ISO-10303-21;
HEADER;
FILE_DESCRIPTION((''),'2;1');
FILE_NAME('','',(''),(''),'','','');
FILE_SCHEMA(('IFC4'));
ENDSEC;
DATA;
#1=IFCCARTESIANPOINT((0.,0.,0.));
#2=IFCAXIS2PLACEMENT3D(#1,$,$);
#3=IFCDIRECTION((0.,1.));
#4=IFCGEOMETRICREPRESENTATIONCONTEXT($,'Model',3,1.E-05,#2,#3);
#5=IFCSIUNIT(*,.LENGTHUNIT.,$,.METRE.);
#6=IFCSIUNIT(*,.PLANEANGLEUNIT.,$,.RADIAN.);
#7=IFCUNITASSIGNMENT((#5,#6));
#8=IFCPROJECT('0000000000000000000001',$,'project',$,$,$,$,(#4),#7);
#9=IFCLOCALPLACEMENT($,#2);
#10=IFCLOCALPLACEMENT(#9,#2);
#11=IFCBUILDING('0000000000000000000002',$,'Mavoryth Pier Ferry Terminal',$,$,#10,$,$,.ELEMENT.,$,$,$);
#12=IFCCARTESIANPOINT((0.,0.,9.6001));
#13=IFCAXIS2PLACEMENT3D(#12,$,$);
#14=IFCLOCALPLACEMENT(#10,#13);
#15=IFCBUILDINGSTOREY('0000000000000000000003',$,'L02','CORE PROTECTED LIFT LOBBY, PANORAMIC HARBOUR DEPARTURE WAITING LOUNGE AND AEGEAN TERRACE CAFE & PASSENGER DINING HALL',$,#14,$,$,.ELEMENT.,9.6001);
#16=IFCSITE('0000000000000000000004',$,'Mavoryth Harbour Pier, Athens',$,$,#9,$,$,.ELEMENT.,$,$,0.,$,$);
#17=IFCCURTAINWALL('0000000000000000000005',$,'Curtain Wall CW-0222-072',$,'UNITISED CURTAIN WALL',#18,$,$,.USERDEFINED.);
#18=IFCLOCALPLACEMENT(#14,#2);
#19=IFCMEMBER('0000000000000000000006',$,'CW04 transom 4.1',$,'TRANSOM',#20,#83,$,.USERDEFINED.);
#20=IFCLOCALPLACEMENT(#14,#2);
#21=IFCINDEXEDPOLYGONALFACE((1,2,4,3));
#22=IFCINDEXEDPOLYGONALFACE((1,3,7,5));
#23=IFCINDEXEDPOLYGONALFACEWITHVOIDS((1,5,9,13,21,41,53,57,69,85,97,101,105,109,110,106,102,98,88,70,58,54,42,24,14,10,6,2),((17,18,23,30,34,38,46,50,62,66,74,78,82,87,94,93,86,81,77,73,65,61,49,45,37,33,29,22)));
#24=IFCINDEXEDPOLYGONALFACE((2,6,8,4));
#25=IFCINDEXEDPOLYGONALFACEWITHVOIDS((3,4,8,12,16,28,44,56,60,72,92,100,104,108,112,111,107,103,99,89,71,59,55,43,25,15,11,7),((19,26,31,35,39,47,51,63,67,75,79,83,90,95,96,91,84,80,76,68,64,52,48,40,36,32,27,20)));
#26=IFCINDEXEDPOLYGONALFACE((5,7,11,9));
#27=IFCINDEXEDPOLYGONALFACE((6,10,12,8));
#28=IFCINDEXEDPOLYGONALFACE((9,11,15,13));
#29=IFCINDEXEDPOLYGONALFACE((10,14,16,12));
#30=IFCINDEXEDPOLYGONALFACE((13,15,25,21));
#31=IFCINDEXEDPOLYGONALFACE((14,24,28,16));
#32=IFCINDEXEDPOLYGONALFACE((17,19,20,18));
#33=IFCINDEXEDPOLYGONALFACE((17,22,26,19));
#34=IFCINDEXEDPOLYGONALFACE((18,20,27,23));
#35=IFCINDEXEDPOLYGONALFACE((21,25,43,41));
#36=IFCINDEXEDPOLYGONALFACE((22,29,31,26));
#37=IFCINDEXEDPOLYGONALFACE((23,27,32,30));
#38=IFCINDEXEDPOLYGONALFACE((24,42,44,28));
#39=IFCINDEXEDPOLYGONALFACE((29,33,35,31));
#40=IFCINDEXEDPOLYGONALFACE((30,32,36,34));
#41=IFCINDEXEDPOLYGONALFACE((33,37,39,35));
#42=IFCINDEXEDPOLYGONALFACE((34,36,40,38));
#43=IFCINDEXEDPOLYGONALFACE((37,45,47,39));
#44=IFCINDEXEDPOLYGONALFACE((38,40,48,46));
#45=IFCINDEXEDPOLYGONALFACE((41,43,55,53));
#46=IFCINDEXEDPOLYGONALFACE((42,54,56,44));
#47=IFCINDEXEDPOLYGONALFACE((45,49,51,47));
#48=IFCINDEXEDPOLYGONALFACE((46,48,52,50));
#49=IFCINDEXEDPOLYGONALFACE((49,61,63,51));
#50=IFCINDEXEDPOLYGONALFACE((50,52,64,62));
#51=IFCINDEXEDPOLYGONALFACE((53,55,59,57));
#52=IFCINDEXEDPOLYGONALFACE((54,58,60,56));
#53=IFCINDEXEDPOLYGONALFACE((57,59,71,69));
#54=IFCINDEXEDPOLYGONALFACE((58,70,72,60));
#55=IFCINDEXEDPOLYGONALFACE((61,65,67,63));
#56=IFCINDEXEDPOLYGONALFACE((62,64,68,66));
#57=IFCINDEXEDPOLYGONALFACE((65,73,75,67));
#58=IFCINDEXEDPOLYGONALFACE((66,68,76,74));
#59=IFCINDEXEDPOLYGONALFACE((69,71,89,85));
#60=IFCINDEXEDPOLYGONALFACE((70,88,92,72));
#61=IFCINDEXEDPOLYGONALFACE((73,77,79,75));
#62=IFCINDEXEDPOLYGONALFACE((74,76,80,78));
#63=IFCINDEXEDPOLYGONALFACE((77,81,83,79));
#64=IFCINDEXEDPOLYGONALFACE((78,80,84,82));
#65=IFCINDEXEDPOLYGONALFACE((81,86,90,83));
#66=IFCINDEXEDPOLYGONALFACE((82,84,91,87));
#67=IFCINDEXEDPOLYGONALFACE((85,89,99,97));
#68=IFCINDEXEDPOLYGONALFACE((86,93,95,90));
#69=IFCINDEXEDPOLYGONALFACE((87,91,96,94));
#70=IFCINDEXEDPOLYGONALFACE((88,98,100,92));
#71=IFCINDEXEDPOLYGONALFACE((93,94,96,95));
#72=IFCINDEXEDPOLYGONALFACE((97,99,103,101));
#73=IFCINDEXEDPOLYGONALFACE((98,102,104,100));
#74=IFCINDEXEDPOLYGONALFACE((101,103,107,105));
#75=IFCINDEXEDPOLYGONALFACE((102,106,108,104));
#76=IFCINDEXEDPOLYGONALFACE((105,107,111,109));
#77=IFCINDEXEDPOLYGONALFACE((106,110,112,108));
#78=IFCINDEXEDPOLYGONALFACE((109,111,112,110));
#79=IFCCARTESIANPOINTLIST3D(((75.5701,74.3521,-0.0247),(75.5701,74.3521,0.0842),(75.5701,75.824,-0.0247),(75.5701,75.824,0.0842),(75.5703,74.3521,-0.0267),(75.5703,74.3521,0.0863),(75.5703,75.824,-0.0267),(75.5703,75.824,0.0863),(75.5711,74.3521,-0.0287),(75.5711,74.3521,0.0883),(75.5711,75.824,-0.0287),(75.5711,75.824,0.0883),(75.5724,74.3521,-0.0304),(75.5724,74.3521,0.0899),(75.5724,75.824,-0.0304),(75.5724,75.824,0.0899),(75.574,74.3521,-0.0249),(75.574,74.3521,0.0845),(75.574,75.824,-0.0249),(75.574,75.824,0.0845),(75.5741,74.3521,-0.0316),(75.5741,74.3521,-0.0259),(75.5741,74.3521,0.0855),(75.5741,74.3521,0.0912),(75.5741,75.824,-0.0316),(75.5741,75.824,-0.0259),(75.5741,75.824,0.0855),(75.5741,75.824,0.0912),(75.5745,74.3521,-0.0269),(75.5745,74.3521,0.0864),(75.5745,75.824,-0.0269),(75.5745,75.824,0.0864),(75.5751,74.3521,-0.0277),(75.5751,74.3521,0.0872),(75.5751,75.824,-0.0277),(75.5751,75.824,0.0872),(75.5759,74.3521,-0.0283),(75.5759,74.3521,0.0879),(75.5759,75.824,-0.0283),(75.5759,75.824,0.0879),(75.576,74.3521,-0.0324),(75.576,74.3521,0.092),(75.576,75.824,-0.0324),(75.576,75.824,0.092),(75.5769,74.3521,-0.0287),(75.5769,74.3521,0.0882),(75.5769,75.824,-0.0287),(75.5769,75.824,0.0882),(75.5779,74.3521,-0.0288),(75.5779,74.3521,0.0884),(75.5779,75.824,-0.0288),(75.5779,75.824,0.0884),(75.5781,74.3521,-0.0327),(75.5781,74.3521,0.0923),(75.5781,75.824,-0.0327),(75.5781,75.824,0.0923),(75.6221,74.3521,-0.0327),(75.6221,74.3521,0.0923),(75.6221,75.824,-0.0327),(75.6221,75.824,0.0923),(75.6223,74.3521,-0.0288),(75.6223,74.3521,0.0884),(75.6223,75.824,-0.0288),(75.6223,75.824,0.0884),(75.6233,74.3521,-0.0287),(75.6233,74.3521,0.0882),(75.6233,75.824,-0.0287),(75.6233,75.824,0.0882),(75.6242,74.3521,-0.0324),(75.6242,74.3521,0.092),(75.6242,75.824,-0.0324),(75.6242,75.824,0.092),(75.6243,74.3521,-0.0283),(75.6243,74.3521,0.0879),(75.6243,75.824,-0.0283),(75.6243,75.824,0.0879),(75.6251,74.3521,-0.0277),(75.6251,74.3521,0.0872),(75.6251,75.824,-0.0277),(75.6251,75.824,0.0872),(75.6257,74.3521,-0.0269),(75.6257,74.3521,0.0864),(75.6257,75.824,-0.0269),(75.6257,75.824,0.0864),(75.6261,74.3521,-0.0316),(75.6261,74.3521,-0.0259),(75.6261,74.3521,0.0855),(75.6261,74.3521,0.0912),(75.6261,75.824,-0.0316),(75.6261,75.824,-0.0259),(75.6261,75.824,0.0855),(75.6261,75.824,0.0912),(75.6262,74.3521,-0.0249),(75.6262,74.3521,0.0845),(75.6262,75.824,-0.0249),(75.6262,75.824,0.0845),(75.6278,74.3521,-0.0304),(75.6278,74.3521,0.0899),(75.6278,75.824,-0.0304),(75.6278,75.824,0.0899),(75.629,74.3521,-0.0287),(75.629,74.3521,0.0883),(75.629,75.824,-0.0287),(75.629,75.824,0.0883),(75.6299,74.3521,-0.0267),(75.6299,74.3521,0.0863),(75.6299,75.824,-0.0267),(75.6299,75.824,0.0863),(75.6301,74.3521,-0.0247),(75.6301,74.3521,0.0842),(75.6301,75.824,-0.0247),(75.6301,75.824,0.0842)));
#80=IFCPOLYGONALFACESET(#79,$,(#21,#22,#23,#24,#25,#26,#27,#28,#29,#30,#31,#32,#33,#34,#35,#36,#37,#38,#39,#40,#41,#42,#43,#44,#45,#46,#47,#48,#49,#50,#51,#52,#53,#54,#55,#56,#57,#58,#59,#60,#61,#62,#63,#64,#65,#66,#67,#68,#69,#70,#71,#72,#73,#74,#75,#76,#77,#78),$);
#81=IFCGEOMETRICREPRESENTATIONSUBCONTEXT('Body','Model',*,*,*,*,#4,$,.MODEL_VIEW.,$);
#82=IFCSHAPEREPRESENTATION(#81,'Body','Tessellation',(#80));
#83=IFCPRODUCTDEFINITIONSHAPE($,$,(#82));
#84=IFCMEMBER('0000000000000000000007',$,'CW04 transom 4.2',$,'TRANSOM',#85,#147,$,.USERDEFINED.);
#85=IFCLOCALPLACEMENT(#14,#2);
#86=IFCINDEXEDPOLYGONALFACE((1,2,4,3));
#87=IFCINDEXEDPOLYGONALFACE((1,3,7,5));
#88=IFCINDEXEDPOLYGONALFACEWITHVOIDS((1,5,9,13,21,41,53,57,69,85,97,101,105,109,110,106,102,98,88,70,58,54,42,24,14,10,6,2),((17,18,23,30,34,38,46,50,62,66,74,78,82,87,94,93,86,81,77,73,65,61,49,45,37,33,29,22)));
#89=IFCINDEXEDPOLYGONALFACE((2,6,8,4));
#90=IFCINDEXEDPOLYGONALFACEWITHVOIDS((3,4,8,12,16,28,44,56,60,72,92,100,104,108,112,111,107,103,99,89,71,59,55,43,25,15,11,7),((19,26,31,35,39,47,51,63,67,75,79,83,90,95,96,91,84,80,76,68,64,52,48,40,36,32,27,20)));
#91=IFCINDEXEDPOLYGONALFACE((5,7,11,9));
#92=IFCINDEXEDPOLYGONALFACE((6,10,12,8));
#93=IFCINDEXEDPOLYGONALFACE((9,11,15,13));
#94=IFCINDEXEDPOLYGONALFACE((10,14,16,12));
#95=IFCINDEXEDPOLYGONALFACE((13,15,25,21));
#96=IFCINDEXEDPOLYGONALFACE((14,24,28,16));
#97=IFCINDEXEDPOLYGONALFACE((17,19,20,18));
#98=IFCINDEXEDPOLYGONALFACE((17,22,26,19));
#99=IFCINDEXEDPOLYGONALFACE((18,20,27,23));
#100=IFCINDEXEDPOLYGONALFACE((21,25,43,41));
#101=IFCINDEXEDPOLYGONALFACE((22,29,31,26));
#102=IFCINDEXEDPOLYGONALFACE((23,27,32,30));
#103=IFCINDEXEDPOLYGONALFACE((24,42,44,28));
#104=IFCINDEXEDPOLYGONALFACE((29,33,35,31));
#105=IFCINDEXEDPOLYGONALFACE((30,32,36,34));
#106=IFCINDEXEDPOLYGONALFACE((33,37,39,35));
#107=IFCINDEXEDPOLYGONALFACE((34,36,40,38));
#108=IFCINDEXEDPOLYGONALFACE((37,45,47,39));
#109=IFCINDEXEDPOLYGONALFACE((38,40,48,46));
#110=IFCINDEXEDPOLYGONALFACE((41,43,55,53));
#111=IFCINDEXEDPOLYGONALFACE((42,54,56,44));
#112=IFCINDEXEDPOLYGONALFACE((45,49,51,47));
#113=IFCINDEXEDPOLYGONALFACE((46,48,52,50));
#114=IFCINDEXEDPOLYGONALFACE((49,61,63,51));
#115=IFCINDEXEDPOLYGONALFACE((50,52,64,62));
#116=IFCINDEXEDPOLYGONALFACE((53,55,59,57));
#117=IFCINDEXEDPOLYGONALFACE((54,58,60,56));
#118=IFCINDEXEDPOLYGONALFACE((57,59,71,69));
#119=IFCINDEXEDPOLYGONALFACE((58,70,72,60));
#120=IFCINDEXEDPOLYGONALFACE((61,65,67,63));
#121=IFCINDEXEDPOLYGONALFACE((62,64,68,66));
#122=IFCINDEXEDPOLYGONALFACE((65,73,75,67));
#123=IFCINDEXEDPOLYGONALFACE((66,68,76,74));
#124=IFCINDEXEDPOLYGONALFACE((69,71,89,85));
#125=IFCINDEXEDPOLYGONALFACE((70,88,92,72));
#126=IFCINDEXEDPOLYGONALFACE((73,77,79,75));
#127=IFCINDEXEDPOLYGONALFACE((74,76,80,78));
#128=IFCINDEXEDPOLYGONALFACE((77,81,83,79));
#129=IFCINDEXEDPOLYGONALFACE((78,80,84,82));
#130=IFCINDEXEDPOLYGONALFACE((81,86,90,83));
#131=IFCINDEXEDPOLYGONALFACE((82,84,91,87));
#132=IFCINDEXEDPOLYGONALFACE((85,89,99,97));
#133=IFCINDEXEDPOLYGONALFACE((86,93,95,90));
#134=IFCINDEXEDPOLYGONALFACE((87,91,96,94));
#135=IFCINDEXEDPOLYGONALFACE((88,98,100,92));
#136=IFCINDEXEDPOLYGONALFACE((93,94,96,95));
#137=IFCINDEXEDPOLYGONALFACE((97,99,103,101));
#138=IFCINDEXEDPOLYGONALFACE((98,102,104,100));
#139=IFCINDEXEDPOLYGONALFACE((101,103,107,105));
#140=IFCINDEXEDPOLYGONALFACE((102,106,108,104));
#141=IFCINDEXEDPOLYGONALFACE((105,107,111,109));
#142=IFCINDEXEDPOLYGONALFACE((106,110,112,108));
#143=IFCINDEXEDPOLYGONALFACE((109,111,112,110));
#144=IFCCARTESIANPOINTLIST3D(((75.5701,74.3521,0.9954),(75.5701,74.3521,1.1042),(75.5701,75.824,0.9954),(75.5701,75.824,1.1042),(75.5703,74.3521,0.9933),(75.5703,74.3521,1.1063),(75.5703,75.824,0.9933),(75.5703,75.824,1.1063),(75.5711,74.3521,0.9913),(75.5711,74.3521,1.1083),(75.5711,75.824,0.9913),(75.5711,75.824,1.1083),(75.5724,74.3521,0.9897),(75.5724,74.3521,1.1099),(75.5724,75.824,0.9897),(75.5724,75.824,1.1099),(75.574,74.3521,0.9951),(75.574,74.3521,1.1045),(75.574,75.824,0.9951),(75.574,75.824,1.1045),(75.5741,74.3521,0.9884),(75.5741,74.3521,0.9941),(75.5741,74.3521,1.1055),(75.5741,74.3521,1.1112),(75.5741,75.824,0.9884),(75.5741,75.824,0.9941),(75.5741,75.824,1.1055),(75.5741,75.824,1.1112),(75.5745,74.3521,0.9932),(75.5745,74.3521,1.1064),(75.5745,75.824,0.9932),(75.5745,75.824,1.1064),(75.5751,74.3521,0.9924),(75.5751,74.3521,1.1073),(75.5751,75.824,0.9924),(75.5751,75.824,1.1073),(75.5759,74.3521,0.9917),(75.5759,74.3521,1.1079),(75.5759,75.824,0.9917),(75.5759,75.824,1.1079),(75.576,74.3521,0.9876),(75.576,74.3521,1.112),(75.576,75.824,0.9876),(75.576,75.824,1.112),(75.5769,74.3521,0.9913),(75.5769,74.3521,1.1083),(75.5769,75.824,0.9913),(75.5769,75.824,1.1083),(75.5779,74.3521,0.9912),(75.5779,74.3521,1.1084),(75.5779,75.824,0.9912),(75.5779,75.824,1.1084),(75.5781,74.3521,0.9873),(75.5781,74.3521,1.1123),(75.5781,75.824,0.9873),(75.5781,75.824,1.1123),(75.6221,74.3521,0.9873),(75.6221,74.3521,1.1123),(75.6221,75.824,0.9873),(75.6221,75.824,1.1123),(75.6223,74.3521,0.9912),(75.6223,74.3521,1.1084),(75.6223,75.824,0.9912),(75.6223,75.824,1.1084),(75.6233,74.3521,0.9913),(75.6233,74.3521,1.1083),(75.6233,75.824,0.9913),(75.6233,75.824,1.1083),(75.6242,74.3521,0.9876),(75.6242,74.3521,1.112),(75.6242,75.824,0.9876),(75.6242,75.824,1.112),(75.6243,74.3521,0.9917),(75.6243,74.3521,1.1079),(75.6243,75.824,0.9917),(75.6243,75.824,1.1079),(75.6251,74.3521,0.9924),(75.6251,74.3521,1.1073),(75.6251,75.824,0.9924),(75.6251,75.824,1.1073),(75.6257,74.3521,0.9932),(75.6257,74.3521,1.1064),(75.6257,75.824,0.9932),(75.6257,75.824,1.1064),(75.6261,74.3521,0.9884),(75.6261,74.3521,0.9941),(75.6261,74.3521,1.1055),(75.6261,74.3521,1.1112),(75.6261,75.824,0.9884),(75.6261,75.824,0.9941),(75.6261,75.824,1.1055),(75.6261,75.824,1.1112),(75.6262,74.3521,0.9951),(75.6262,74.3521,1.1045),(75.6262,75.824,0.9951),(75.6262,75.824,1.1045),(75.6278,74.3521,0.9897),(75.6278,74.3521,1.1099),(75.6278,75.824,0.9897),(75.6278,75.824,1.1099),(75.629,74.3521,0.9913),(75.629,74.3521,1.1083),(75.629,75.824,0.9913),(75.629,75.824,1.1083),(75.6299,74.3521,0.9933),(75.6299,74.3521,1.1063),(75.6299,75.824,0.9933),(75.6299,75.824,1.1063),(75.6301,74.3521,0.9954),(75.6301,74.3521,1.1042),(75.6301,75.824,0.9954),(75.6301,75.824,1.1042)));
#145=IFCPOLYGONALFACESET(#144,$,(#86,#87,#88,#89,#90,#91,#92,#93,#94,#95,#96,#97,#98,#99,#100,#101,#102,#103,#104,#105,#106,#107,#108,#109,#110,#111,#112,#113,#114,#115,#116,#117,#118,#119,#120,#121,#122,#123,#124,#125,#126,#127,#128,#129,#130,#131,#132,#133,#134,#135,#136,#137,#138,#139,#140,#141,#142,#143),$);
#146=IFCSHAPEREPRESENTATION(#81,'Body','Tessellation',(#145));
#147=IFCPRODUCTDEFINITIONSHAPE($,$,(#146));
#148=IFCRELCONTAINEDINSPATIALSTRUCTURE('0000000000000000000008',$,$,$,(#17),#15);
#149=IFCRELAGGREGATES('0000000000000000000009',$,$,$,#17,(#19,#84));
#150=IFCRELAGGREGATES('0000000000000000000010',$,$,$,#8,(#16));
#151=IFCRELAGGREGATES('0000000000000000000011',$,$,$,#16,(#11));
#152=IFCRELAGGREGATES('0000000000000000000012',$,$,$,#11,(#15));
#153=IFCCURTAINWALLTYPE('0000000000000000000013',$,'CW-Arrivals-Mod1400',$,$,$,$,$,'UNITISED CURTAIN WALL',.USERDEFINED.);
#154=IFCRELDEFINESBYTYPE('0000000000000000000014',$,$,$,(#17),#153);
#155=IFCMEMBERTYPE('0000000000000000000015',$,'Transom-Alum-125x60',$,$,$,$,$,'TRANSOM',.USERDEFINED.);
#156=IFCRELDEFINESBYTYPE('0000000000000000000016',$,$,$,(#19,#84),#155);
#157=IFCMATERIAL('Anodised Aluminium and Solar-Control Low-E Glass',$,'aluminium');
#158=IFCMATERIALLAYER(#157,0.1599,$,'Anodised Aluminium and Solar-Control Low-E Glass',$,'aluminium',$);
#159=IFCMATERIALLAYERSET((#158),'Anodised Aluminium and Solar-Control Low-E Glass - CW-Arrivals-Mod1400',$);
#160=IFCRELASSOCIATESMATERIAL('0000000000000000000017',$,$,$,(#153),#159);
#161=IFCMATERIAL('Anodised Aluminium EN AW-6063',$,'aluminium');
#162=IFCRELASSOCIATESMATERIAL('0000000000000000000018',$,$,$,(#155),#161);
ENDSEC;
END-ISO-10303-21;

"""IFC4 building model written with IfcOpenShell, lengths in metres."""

from ifc_helpers import new_model, si_unit, direction, frame, origin, origin_2d, place, context, subcontext, project, spatial, hollow_rectangle, extrude, material, layer, layer_set, material_profile, profile_set, type_object, element, aggregate, save


model = new_model("IFC4")

# Units and contexts
model_context = context("Model", 3, precision=1e-05, world=origin(), true_north=direction((0.0, 1.0)))
body_context = subcontext(model_context, "Body", "Model", "MODEL_VIEW")
ifc_project = project(units=[si_unit("LENGTHUNIT", "METRE"), si_unit("PLANEANGLEUNIT", "RADIAN")], contexts=[model_context])

# Site, building, storey
site_placement = place(None, origin())
site = spatial("IfcSite", under=ifc_project, at=site_placement, Name="Mavoryth Harbour Pier, Athens", CompositionType="ELEMENT", RefElevation=0.0)
building_placement = place(site_placement, origin())
building = spatial("IfcBuilding", under=site, at=building_placement, Name="Mavoryth Pier Ferry Terminal", CompositionType="ELEMENT")
storey_placement = place(building_placement, frame((0.0, 0.0, 9.6001)))
storey = spatial("IfcBuildingStorey", under=building, at=storey_placement, Name="L02", Description="CORE PROTECTED LIFT LOBBY, PANORAMIC HARBOUR DEPARTURE WAITING LOUNGE AND AEGEAN TERRACE CAFE & PASSENGER DINING HALL", CompositionType="ELEMENT", Elevation=9.6001)

# Curtain wall
ifc_material_1 = material(Name="Anodised Aluminium and Solar-Control Low-E Glass", Category="aluminium")
ifc_layer_1 = layer(ifc_material_1, 0.1599, Name="Anodised Aluminium and Solar-Control Low-E Glass", Category="aluminium")
ifc_layer_set_1 = layer_set([ifc_layer_1], Name="Anodised Aluminium and Solar-Control Low-E Glass - CW-Arrivals-Mod1400")
curtain_wall_type = type_object("IfcCurtainWallType", Name="CW-Arrivals-Mod1400", ElementType="UNITISED CURTAIN WALL", PredefinedType="USERDEFINED", material=ifc_layer_set_1)
curtain_wall_placement = place(storey_placement, origin())
curtain_wall = element("IfcCurtainWall", 1, at=curtain_wall_placement, inside=storey, type_object=curtain_wall_type, Name="Curtain Wall CW-0222-072", ObjectType="UNITISED CURTAIN WALL", PredefinedType="USERDEFINED")
ifc_material_2 = material(Name="Anodised Aluminium EN AW-6063", Category="aluminium")

# Members
ifc_material_profile_1 = material_profile(ifc_material_2, hollow_rectangle(XDim=0.0601, YDim=0.125, WallThickness=0.0039, InnerFilletRadius=0.0039, OuterFilletRadius=0.0081, at=origin_2d()), Name="AL-TRAN 125x60x4", Category="aluminium")
ifc_profile_set_1 = profile_set([ifc_material_profile_1], Name="Anodised Aluminium EN AW-6063 - AL-TRAN 125x60x4")
member_type_1 = type_object("IfcMemberType", Name="Transom-Alum-125x60", ElementType="TRANSOM", PredefinedType="USERDEFINED", material=ifc_profile_set_1)
member_1_placement = place(storey_placement, frame((75.6001, 75.824, 0.0298), z_axis=(0.0, -1.0, 0.0), x_axis=(1.0, 0.0, 0.0)))
member_1 = element("IfcMember", 2, at=member_1_placement, type_object=member_type_1, Name="CW04 transom 4.1", ObjectType="TRANSOM", PredefinedType="USERDEFINED", context=body_context, shape_type="SweptSolid", body=[
    extrude(hollow_rectangle(XDim=0.0601, YDim=0.125, WallThickness=0.0039, InnerFilletRadius=0.0039, OuterFilletRadius=0.0081, at=origin_2d()), origin(), (0.0, 0.0, 1.0), 1.4719),
])
member_2_placement = place(storey_placement, frame((75.6001, 75.824, 1.0498), z_axis=(0.0, -1.0, 0.0), x_axis=(1.0, 0.0, 0.0)))
member_2 = element("IfcMember", 3, at=member_2_placement, type_object=member_type_1, Name="CW04 transom 4.2", ObjectType="TRANSOM", PredefinedType="USERDEFINED", context=body_context, shape_type="SweptSolid", body=[
    extrude(hollow_rectangle(XDim=0.0601, YDim=0.125, WallThickness=0.0039, InnerFilletRadius=0.0039, OuterFilletRadius=0.0081, at=origin_2d()), origin(), (0.0, 0.0, 1.0), 1.4719),
])

aggregate(curtain_wall, [member_1, member_2])

save(model, "model.ifc")
